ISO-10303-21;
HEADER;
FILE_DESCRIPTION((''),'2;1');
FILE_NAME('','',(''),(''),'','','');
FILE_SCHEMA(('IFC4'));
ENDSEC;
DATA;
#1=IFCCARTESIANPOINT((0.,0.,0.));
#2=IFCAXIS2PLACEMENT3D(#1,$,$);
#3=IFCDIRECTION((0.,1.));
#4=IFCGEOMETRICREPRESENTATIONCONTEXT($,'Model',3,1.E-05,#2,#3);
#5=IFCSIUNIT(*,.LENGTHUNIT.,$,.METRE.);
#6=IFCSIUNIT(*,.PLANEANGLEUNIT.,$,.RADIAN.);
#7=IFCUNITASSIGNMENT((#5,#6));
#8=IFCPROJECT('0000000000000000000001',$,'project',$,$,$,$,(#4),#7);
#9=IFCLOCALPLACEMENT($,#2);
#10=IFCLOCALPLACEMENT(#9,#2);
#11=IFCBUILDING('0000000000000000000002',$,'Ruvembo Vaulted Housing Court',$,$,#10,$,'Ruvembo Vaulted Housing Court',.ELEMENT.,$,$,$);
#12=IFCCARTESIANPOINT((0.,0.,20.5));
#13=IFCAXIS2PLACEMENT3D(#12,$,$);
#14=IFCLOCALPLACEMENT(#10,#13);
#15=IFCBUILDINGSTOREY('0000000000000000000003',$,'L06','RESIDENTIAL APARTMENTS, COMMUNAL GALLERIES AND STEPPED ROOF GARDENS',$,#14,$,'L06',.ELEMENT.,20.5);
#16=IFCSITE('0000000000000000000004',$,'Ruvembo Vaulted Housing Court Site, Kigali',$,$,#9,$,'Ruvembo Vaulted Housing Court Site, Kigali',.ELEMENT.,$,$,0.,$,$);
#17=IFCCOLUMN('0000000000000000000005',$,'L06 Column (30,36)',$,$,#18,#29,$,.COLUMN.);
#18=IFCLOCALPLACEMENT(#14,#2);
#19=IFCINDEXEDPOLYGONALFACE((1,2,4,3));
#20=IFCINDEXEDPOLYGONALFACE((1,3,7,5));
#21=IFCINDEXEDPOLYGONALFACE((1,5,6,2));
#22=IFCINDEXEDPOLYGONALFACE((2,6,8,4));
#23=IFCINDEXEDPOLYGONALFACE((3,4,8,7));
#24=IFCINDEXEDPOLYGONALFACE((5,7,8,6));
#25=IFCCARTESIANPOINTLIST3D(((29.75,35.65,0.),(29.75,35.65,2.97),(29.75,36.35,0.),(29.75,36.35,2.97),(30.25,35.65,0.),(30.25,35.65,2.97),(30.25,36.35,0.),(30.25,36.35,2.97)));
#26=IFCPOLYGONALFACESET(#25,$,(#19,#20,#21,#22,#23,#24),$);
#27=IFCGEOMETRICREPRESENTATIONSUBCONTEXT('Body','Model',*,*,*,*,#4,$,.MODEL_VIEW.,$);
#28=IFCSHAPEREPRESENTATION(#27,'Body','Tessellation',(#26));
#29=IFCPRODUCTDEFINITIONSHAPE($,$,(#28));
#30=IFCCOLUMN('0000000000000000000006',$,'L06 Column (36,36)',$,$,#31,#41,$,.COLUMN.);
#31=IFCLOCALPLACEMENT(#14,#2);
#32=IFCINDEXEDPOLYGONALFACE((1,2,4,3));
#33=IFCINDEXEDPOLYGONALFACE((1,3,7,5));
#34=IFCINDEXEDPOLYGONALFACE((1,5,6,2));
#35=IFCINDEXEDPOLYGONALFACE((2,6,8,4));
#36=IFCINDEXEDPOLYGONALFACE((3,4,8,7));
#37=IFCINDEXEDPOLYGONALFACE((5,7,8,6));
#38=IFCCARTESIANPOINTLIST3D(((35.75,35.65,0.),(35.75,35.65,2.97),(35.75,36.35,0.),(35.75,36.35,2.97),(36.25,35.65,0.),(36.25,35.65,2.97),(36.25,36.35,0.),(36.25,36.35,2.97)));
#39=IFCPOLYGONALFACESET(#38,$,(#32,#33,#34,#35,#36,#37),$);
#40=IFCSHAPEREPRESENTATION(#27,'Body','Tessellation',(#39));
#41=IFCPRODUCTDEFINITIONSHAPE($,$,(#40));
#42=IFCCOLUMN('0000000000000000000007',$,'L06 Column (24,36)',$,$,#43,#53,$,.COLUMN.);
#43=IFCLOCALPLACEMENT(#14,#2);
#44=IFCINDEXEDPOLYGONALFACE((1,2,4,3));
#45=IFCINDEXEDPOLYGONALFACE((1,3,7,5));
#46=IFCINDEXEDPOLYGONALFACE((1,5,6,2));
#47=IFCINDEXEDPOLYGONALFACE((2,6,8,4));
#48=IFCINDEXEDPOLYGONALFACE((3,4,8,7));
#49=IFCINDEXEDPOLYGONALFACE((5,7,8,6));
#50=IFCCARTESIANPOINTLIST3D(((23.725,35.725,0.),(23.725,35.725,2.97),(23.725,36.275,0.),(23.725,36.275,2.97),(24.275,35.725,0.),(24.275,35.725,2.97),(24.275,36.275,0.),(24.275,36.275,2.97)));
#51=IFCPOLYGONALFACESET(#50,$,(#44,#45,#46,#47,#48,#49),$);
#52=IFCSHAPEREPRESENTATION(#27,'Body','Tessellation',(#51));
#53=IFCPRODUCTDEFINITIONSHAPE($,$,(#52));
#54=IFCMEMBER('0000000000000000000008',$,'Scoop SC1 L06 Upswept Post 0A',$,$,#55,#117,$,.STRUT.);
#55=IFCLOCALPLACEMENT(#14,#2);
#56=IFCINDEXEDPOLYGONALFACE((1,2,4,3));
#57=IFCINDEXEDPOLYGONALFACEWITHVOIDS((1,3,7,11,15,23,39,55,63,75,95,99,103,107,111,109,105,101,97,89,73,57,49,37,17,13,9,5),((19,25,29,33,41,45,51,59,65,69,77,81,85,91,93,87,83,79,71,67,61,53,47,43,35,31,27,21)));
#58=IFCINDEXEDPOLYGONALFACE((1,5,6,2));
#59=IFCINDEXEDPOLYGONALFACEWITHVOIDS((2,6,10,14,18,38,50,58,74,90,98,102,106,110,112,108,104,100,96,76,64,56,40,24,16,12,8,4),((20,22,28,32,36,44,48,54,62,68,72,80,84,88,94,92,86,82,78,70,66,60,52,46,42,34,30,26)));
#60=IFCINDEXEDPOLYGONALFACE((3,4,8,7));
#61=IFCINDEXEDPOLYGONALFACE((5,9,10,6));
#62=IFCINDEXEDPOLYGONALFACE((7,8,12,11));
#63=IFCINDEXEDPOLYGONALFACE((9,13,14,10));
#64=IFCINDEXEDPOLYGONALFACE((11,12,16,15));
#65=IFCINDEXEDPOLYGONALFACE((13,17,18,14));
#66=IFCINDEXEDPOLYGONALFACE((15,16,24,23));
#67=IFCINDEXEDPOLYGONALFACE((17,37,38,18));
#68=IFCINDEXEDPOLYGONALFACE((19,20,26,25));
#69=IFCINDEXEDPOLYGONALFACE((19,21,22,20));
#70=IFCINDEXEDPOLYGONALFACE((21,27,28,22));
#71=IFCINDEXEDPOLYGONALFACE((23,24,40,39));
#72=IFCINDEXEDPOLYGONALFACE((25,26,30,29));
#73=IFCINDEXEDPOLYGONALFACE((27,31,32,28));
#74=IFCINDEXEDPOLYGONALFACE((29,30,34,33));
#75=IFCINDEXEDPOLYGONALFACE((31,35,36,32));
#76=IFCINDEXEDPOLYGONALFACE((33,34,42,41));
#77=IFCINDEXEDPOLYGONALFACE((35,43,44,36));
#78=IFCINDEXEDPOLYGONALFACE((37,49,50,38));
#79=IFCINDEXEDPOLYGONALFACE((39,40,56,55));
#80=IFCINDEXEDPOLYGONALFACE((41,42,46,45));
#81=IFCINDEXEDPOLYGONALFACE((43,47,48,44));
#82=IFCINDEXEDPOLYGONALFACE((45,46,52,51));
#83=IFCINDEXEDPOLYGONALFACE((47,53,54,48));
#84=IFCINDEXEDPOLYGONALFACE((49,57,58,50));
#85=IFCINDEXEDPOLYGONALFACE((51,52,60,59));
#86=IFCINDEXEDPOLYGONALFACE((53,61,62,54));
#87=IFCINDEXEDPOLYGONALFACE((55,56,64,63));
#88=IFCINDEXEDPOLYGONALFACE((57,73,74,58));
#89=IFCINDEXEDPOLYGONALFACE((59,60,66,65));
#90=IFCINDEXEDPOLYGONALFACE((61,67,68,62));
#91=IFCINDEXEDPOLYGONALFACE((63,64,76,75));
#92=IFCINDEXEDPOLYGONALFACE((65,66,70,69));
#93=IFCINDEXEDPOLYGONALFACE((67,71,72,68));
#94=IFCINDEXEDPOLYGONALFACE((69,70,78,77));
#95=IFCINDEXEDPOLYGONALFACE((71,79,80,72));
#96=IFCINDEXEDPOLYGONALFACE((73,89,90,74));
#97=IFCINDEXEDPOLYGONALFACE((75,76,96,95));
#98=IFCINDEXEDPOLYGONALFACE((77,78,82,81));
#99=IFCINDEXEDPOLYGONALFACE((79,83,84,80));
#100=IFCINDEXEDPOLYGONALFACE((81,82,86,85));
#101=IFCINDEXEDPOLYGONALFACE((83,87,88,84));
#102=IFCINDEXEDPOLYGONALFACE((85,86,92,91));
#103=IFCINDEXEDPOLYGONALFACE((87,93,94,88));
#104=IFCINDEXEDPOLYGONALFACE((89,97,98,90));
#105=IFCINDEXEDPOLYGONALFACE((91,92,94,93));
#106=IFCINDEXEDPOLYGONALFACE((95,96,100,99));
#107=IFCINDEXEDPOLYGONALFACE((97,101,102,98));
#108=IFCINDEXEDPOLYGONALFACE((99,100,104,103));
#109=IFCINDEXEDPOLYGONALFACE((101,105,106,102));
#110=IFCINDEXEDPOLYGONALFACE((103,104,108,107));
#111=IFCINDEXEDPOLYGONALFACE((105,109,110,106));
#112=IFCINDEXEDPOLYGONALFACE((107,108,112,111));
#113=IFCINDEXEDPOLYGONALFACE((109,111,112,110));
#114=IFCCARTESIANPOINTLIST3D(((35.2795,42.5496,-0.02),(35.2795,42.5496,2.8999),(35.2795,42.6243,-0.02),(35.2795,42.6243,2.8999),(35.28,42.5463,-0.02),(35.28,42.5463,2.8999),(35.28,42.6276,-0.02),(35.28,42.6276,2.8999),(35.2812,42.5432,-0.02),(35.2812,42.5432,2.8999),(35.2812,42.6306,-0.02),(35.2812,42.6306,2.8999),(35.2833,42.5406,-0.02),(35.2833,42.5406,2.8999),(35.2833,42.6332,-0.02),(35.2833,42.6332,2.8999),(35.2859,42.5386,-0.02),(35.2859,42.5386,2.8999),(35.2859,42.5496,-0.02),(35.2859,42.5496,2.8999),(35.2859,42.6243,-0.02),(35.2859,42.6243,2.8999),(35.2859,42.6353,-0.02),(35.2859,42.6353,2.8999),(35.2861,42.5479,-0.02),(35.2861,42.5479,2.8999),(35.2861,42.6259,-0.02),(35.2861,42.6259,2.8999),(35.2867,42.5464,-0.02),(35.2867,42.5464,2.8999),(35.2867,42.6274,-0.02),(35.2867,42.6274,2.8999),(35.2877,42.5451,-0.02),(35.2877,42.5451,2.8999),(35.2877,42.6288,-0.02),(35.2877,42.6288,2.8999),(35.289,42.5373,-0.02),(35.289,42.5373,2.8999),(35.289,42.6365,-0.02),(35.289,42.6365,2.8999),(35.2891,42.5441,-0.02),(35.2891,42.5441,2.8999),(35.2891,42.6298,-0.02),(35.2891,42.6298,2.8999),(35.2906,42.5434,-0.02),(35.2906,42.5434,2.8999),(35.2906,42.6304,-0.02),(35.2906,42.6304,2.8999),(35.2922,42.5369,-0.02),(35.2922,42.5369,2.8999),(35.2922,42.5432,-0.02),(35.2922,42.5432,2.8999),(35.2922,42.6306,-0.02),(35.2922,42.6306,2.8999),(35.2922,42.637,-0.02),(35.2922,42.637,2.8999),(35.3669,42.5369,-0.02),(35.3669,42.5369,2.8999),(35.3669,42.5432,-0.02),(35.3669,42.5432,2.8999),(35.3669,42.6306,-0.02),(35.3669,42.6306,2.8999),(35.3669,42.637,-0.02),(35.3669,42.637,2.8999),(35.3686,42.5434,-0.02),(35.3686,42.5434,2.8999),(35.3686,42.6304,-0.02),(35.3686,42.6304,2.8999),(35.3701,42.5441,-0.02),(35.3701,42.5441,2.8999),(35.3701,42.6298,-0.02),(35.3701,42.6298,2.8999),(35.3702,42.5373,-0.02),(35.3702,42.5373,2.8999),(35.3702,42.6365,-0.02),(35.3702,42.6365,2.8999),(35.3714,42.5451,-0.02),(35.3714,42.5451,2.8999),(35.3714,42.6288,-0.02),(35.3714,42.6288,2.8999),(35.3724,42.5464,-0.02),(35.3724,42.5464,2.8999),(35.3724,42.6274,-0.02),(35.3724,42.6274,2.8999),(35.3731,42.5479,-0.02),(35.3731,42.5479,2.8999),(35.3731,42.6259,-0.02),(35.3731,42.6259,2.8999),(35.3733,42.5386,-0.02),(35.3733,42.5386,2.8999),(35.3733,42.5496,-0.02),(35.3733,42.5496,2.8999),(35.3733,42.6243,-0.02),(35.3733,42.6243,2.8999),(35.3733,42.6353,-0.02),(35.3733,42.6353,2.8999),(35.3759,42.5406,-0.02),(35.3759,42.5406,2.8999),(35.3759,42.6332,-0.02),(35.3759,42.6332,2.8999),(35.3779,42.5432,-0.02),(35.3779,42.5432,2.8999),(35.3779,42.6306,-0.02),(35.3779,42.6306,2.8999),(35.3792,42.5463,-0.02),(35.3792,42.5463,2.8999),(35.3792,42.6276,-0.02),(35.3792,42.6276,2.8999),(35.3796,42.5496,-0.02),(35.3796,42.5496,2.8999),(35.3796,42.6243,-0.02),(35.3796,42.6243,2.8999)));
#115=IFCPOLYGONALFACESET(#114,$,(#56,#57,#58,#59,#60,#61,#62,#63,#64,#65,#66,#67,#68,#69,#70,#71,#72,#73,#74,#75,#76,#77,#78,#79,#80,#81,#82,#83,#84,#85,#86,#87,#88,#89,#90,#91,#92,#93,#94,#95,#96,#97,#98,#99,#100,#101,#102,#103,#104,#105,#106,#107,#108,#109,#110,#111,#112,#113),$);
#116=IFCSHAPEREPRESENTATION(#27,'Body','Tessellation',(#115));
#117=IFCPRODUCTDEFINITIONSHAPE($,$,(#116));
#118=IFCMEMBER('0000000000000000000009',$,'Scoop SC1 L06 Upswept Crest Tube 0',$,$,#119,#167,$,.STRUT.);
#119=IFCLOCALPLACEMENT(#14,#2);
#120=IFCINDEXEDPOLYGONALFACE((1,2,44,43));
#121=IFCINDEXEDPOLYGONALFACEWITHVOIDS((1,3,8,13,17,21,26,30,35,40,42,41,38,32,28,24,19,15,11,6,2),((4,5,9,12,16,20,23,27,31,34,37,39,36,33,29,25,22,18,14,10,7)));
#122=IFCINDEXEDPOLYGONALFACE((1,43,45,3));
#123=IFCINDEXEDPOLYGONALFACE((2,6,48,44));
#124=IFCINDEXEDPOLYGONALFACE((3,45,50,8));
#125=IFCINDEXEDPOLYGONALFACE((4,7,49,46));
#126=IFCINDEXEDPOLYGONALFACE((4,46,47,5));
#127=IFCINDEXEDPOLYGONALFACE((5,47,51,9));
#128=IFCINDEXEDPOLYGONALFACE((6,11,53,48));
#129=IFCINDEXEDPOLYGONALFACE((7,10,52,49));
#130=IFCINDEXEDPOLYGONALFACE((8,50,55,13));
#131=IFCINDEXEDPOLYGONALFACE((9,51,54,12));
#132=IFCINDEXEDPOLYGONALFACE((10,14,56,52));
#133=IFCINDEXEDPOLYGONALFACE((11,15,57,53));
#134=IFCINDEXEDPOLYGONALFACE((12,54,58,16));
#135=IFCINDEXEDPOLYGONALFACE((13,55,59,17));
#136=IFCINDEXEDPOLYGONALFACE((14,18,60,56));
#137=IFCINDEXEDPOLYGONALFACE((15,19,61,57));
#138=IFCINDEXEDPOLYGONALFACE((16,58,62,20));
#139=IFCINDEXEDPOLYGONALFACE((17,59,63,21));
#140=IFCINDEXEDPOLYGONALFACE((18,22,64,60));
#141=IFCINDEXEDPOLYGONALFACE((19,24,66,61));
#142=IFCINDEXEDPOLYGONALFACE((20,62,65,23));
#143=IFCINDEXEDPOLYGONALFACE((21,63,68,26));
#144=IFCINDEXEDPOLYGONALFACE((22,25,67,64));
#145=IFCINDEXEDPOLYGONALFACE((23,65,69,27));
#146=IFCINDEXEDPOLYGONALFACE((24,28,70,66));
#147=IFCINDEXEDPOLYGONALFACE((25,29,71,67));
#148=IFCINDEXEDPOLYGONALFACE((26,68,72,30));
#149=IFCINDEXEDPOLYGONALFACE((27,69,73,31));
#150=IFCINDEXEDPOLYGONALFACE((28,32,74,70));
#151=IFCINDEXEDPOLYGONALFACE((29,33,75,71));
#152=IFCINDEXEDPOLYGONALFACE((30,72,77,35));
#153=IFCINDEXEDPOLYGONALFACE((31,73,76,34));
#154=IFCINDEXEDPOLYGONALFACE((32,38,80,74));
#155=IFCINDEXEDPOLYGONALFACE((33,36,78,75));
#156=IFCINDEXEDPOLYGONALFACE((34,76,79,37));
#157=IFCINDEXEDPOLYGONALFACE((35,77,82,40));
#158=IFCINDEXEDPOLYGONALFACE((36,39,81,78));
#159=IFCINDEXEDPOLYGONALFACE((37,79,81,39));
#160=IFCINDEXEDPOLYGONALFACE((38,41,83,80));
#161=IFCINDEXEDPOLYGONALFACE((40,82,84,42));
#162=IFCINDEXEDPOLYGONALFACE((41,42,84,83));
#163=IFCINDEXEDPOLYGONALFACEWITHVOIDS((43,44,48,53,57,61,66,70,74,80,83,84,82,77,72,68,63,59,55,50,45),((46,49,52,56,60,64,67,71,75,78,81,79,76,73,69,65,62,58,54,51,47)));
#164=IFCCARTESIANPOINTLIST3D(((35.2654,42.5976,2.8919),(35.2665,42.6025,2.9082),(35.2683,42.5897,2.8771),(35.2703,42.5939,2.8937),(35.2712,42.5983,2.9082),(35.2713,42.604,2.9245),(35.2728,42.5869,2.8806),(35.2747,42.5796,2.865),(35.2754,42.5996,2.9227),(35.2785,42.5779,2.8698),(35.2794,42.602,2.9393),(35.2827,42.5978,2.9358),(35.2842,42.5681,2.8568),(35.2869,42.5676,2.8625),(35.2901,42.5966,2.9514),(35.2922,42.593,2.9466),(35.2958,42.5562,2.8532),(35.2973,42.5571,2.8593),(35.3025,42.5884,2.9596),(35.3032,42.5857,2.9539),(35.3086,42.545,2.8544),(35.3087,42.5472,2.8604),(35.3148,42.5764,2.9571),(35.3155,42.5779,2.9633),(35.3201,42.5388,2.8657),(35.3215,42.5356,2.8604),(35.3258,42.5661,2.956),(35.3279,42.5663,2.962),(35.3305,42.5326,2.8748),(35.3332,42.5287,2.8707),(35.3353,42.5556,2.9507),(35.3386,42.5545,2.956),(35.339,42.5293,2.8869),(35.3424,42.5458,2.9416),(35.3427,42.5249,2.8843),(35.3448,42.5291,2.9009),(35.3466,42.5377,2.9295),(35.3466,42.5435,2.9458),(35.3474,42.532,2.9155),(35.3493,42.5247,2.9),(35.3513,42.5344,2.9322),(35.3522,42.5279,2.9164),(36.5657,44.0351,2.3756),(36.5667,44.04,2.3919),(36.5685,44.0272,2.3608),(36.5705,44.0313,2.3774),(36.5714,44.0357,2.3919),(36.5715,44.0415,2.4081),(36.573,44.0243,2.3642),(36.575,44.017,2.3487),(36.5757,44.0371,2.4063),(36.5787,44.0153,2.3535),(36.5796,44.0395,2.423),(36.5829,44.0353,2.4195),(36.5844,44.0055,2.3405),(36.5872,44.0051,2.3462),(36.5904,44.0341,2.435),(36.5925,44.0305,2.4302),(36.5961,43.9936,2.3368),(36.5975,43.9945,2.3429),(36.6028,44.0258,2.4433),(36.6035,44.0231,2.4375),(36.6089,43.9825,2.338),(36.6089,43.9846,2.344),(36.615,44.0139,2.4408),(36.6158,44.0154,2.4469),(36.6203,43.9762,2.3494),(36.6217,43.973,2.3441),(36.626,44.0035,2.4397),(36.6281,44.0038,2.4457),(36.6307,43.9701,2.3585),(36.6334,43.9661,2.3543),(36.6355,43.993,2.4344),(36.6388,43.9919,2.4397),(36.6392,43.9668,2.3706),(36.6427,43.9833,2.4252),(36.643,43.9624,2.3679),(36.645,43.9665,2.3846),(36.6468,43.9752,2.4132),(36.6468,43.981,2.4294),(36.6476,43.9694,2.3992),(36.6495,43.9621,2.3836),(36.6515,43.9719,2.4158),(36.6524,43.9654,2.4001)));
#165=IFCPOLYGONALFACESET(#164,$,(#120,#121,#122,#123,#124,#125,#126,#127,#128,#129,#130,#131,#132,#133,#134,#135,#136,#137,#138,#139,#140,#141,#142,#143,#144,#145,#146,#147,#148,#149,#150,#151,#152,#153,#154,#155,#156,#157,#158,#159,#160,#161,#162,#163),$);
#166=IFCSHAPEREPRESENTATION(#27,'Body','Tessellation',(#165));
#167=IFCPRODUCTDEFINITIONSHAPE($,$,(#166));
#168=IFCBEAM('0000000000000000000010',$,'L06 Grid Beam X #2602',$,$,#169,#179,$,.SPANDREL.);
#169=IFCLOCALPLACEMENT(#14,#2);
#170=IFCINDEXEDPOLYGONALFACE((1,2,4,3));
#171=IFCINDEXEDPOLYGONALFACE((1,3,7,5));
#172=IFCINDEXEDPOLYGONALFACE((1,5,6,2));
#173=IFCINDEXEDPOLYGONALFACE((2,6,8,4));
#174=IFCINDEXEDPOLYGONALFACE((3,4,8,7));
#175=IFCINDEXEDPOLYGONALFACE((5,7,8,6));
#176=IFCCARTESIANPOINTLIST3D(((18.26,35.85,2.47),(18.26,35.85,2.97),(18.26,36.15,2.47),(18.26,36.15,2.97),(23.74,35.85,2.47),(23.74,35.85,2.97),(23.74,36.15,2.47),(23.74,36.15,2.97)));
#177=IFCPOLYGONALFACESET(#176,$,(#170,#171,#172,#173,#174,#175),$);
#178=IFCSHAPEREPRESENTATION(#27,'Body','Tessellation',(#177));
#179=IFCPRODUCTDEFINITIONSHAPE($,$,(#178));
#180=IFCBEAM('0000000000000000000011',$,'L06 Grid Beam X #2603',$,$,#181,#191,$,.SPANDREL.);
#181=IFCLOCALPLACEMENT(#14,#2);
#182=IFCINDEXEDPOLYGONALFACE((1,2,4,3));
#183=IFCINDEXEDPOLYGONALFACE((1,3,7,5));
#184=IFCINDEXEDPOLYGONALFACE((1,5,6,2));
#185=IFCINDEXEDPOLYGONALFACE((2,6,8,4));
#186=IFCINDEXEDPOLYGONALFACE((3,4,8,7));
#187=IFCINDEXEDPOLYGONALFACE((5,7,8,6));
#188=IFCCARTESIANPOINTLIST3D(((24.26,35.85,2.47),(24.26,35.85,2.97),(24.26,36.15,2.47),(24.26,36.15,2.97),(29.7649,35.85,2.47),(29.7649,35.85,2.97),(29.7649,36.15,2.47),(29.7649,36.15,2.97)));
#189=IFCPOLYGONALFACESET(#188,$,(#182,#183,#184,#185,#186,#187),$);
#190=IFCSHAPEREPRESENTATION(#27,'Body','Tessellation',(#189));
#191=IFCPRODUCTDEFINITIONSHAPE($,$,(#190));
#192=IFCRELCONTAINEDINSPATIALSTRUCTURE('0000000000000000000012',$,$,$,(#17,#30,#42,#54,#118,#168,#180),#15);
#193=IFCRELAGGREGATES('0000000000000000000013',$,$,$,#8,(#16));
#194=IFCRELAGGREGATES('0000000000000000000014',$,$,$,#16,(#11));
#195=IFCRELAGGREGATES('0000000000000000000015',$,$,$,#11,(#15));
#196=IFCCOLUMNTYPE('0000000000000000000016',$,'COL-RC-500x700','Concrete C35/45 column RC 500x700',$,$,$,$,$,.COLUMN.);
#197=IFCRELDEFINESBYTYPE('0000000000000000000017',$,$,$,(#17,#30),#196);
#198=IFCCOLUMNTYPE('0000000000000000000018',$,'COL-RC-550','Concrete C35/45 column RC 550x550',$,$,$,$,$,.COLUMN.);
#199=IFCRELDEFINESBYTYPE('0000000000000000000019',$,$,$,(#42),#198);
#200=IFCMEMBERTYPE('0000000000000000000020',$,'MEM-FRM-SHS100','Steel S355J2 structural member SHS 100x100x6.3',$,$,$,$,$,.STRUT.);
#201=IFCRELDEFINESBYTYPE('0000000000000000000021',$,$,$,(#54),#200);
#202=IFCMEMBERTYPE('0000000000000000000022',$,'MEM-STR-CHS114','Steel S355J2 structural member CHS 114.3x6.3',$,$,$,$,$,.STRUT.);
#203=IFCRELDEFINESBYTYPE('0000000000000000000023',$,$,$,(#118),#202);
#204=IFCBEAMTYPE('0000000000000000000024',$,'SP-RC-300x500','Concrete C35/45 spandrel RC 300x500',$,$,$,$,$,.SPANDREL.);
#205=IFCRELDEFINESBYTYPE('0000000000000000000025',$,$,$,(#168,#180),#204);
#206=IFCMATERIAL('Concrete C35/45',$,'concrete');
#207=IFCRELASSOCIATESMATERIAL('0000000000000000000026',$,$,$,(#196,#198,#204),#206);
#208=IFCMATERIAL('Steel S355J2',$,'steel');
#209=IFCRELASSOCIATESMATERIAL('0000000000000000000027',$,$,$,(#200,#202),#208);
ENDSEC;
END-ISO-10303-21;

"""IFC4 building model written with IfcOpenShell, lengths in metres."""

from ifc_helpers import new_model, si_unit, direction, frame, origin, origin_2d, place, context, subcontext, project, spatial, rectangle, hollow_rectangle, hollow_circle, extrude, material, material_profile, profile_set, type_object, element, save


model = new_model("IFC4")

# Units and contexts
model_context = context("Model", 3, precision=1e-05, world=origin(), true_north=direction((0.0, 1.0)))
body_context = subcontext(model_context, "Body", "Model", "MODEL_VIEW")
ifc_project = project(units=[si_unit("LENGTHUNIT", "METRE"), si_unit("PLANEANGLEUNIT", "RADIAN")], contexts=[model_context])

# Site, building, storey
site_placement = place(None, origin())
site = spatial("IfcSite", under=ifc_project, at=site_placement, Name="Ruvembo Vaulted Housing Court Site, Kigali", LongName="Ruvembo Vaulted Housing Court Site, Kigali", CompositionType="ELEMENT", RefElevation=0.0)
building_placement = place(site_placement, origin())
building = spatial("IfcBuilding", under=site, at=building_placement, Name="Ruvembo Vaulted Housing Court", LongName="Ruvembo Vaulted Housing Court", CompositionType="ELEMENT")
storey_placement = place(building_placement, frame((0.0, 0.0, 20.5)))
storey = spatial("IfcBuildingStorey", under=building, at=storey_placement, Name="L06", Description="RESIDENTIAL APARTMENTS, COMMUNAL GALLERIES AND STEPPED ROOF GARDENS", LongName="L06", CompositionType="ELEMENT", Elevation=20.5)

# Columns
ifc_material_1 = material(Name="Concrete C35/45", Category="concrete")
ifc_material_profile_1 = material_profile(ifc_material_1, rectangle(XDim=0.5, YDim=0.7, at=origin_2d()), Name="RC 500x700")
ifc_profile_set_1 = profile_set([ifc_material_profile_1], Name="Concrete C35/45")
column_type_1 = type_object("IfcColumnType", Name="COL-RC-500x700", Description="Concrete C35/45 column RC 500x700", PredefinedType="COLUMN", material=ifc_profile_set_1)
for number, where, z_axis, x_axis, name in (
    (1, (30.0, 36.0, 0.0), (0.0, 0.0, 1.0), (1.0, 0.0, 0.0), "L06 Column (30,36)"),
    (2, (36.0, 36.0, 0.0), (0.0, 0.0, 1.0), (1.0, 0.0, 0.0), "L06 Column (36,36)"),
):
    element("IfcColumn", number, at=place(storey_placement, frame(where, z_axis=z_axis, x_axis=x_axis)), inside=storey, type_object=column_type_1, Name=name, PredefinedType="COLUMN", context=body_context, shape_type="SweptSolid", body=[
        extrude(rectangle(XDim=0.5, YDim=0.7, at=origin_2d()), origin(), (0.0, 0.0, 1.0), 2.97),
    ])
ifc_material_profile_2 = material_profile(ifc_material_1, rectangle(XDim=0.55, YDim=0.55, at=origin_2d()), Name="RC 550x550")
ifc_profile_set_2 = profile_set([ifc_material_profile_2], Name="Concrete C35/45")
column_type_2 = type_object("IfcColumnType", Name="COL-RC-550", Description="Concrete C35/45 column RC 550x550", PredefinedType="COLUMN", material=ifc_profile_set_2)
column_placement = place(storey_placement, frame((24.0, 36.0, 0.0), z_axis=(0.0, 0.0, 1.0), x_axis=(1.0, 0.0, 0.0)))
element("IfcColumn", 3, at=column_placement, inside=storey, type_object=column_type_2, Name="L06 Column (24,36)", PredefinedType="COLUMN", context=body_context, shape_type="SweptSolid", body=[
    extrude(rectangle(XDim=0.55, YDim=0.55, at=origin_2d()), origin(), (0.0, 0.0, 1.0), 2.97),
])

# Members
ifc_material_2 = material(Name="Steel S355J2", Category="steel")
ifc_material_profile_3 = material_profile(ifc_material_2, hollow_rectangle(XDim=0.1001, YDim=0.1001, WallThickness=0.0063, InnerFilletRadius=0.0063, OuterFilletRadius=0.0127, at=origin_2d()), Name="SHS 100x100x6.3")
ifc_profile_set_3 = profile_set([ifc_material_profile_3], Name="Steel S355J2")
member_type_1 = type_object("IfcMemberType", Name="MEM-FRM-SHS100", Description="Steel S355J2 structural member SHS 100x100x6.3", PredefinedType="STRUT", material=ifc_profile_set_3)
member_1_placement = place(storey_placement, frame((35.3296, 42.5869, -0.02), z_axis=(0.0, 0.0, 1.0), x_axis=(1.0, 0.0, 0.0)))
element("IfcMember", 4, at=member_1_placement, inside=storey, type_object=member_type_1, Name="Scoop SC1 L06 Upswept Post 0A", PredefinedType="STRUT", context=body_context, shape_type="SweptSolid", body=[
    extrude(hollow_rectangle(XDim=0.1001, YDim=0.1001, WallThickness=0.0063, InnerFilletRadius=0.0063, OuterFilletRadius=0.0127, at=origin_2d()), origin(), (0.0, 0.0, 1.0), 2.9199),
])
ifc_material_profile_4 = material_profile(ifc_material_2, hollow_circle(Radius=0.0571, WallThickness=0.0063, at=origin_2d()), Name="CHS 114.3x6.3")
ifc_profile_set_4 = profile_set([ifc_material_profile_4], Name="Steel S355J2")
member_type_2 = type_object("IfcMemberType", Name="MEM-STR-CHS114", Description="Steel S355J2 structural member CHS 114.3x6.3", PredefinedType="STRUT", material=ifc_profile_set_4)
member_2_placement = place(storey_placement, frame((35.3088, 42.5642, 2.9082), z_axis=(0.648221, 0.716622, -0.257414), x_axis=(-0.741613, 0.670828, 0.0)))
element("IfcMember", 5, at=member_2_placement, inside=storey, type_object=member_type_2, Name="Scoop SC1 L06 Upswept Crest Tube 0", PredefinedType="STRUT", context=body_context, shape_type="SweptSolid", body=[
    extrude(hollow_circle(Radius=0.0571, WallThickness=0.0063, at=origin_2d()), origin(), (0.0, 0.0, 1.0), 2.0059),
])

# Beams
ifc_material_profile_5 = material_profile(ifc_material_1, rectangle(XDim=0.3, YDim=0.5, at=origin_2d()), Name="RC 300x500")
ifc_profile_set_5 = profile_set([ifc_material_profile_5], Name="Concrete C35/45")
beam_type = type_object("IfcBeamType", Name="SP-RC-300x500", Description="Concrete C35/45 spandrel RC 300x500", PredefinedType="SPANDREL", material=ifc_profile_set_5)
beam_1_placement = place(storey_placement, frame((18.26, 36.0, 2.72), z_axis=(1.0, 0.0, 0.0), x_axis=(0.0, 1.0, 0.0)))
element("IfcBeam", 6, at=beam_1_placement, inside=storey, type_object=beam_type, Name="L06 Grid Beam X #2602", PredefinedType="SPANDREL", context=body_context, shape_type="SweptSolid", body=[
    extrude(rectangle(XDim=0.3, YDim=0.5, at=origin_2d()), origin(), (0.0, 0.0, 1.0), 5.48),
])
beam_2_placement = place(storey_placement, frame((24.26, 36.0, 2.72), z_axis=(1.0, 0.0, 0.0), x_axis=(0.0, 1.0, 0.0)))
element("IfcBeam", 7, at=beam_2_placement, inside=storey, type_object=beam_type, Name="L06 Grid Beam X #2603", PredefinedType="SPANDREL", context=body_context, shape_type="SweptSolid", body=[
    extrude(rectangle(XDim=0.3, YDim=0.5, at=origin_2d()), origin(), (0.0, 0.0, 1.0), 5.5049),
])

save(model, "model.ifc")
